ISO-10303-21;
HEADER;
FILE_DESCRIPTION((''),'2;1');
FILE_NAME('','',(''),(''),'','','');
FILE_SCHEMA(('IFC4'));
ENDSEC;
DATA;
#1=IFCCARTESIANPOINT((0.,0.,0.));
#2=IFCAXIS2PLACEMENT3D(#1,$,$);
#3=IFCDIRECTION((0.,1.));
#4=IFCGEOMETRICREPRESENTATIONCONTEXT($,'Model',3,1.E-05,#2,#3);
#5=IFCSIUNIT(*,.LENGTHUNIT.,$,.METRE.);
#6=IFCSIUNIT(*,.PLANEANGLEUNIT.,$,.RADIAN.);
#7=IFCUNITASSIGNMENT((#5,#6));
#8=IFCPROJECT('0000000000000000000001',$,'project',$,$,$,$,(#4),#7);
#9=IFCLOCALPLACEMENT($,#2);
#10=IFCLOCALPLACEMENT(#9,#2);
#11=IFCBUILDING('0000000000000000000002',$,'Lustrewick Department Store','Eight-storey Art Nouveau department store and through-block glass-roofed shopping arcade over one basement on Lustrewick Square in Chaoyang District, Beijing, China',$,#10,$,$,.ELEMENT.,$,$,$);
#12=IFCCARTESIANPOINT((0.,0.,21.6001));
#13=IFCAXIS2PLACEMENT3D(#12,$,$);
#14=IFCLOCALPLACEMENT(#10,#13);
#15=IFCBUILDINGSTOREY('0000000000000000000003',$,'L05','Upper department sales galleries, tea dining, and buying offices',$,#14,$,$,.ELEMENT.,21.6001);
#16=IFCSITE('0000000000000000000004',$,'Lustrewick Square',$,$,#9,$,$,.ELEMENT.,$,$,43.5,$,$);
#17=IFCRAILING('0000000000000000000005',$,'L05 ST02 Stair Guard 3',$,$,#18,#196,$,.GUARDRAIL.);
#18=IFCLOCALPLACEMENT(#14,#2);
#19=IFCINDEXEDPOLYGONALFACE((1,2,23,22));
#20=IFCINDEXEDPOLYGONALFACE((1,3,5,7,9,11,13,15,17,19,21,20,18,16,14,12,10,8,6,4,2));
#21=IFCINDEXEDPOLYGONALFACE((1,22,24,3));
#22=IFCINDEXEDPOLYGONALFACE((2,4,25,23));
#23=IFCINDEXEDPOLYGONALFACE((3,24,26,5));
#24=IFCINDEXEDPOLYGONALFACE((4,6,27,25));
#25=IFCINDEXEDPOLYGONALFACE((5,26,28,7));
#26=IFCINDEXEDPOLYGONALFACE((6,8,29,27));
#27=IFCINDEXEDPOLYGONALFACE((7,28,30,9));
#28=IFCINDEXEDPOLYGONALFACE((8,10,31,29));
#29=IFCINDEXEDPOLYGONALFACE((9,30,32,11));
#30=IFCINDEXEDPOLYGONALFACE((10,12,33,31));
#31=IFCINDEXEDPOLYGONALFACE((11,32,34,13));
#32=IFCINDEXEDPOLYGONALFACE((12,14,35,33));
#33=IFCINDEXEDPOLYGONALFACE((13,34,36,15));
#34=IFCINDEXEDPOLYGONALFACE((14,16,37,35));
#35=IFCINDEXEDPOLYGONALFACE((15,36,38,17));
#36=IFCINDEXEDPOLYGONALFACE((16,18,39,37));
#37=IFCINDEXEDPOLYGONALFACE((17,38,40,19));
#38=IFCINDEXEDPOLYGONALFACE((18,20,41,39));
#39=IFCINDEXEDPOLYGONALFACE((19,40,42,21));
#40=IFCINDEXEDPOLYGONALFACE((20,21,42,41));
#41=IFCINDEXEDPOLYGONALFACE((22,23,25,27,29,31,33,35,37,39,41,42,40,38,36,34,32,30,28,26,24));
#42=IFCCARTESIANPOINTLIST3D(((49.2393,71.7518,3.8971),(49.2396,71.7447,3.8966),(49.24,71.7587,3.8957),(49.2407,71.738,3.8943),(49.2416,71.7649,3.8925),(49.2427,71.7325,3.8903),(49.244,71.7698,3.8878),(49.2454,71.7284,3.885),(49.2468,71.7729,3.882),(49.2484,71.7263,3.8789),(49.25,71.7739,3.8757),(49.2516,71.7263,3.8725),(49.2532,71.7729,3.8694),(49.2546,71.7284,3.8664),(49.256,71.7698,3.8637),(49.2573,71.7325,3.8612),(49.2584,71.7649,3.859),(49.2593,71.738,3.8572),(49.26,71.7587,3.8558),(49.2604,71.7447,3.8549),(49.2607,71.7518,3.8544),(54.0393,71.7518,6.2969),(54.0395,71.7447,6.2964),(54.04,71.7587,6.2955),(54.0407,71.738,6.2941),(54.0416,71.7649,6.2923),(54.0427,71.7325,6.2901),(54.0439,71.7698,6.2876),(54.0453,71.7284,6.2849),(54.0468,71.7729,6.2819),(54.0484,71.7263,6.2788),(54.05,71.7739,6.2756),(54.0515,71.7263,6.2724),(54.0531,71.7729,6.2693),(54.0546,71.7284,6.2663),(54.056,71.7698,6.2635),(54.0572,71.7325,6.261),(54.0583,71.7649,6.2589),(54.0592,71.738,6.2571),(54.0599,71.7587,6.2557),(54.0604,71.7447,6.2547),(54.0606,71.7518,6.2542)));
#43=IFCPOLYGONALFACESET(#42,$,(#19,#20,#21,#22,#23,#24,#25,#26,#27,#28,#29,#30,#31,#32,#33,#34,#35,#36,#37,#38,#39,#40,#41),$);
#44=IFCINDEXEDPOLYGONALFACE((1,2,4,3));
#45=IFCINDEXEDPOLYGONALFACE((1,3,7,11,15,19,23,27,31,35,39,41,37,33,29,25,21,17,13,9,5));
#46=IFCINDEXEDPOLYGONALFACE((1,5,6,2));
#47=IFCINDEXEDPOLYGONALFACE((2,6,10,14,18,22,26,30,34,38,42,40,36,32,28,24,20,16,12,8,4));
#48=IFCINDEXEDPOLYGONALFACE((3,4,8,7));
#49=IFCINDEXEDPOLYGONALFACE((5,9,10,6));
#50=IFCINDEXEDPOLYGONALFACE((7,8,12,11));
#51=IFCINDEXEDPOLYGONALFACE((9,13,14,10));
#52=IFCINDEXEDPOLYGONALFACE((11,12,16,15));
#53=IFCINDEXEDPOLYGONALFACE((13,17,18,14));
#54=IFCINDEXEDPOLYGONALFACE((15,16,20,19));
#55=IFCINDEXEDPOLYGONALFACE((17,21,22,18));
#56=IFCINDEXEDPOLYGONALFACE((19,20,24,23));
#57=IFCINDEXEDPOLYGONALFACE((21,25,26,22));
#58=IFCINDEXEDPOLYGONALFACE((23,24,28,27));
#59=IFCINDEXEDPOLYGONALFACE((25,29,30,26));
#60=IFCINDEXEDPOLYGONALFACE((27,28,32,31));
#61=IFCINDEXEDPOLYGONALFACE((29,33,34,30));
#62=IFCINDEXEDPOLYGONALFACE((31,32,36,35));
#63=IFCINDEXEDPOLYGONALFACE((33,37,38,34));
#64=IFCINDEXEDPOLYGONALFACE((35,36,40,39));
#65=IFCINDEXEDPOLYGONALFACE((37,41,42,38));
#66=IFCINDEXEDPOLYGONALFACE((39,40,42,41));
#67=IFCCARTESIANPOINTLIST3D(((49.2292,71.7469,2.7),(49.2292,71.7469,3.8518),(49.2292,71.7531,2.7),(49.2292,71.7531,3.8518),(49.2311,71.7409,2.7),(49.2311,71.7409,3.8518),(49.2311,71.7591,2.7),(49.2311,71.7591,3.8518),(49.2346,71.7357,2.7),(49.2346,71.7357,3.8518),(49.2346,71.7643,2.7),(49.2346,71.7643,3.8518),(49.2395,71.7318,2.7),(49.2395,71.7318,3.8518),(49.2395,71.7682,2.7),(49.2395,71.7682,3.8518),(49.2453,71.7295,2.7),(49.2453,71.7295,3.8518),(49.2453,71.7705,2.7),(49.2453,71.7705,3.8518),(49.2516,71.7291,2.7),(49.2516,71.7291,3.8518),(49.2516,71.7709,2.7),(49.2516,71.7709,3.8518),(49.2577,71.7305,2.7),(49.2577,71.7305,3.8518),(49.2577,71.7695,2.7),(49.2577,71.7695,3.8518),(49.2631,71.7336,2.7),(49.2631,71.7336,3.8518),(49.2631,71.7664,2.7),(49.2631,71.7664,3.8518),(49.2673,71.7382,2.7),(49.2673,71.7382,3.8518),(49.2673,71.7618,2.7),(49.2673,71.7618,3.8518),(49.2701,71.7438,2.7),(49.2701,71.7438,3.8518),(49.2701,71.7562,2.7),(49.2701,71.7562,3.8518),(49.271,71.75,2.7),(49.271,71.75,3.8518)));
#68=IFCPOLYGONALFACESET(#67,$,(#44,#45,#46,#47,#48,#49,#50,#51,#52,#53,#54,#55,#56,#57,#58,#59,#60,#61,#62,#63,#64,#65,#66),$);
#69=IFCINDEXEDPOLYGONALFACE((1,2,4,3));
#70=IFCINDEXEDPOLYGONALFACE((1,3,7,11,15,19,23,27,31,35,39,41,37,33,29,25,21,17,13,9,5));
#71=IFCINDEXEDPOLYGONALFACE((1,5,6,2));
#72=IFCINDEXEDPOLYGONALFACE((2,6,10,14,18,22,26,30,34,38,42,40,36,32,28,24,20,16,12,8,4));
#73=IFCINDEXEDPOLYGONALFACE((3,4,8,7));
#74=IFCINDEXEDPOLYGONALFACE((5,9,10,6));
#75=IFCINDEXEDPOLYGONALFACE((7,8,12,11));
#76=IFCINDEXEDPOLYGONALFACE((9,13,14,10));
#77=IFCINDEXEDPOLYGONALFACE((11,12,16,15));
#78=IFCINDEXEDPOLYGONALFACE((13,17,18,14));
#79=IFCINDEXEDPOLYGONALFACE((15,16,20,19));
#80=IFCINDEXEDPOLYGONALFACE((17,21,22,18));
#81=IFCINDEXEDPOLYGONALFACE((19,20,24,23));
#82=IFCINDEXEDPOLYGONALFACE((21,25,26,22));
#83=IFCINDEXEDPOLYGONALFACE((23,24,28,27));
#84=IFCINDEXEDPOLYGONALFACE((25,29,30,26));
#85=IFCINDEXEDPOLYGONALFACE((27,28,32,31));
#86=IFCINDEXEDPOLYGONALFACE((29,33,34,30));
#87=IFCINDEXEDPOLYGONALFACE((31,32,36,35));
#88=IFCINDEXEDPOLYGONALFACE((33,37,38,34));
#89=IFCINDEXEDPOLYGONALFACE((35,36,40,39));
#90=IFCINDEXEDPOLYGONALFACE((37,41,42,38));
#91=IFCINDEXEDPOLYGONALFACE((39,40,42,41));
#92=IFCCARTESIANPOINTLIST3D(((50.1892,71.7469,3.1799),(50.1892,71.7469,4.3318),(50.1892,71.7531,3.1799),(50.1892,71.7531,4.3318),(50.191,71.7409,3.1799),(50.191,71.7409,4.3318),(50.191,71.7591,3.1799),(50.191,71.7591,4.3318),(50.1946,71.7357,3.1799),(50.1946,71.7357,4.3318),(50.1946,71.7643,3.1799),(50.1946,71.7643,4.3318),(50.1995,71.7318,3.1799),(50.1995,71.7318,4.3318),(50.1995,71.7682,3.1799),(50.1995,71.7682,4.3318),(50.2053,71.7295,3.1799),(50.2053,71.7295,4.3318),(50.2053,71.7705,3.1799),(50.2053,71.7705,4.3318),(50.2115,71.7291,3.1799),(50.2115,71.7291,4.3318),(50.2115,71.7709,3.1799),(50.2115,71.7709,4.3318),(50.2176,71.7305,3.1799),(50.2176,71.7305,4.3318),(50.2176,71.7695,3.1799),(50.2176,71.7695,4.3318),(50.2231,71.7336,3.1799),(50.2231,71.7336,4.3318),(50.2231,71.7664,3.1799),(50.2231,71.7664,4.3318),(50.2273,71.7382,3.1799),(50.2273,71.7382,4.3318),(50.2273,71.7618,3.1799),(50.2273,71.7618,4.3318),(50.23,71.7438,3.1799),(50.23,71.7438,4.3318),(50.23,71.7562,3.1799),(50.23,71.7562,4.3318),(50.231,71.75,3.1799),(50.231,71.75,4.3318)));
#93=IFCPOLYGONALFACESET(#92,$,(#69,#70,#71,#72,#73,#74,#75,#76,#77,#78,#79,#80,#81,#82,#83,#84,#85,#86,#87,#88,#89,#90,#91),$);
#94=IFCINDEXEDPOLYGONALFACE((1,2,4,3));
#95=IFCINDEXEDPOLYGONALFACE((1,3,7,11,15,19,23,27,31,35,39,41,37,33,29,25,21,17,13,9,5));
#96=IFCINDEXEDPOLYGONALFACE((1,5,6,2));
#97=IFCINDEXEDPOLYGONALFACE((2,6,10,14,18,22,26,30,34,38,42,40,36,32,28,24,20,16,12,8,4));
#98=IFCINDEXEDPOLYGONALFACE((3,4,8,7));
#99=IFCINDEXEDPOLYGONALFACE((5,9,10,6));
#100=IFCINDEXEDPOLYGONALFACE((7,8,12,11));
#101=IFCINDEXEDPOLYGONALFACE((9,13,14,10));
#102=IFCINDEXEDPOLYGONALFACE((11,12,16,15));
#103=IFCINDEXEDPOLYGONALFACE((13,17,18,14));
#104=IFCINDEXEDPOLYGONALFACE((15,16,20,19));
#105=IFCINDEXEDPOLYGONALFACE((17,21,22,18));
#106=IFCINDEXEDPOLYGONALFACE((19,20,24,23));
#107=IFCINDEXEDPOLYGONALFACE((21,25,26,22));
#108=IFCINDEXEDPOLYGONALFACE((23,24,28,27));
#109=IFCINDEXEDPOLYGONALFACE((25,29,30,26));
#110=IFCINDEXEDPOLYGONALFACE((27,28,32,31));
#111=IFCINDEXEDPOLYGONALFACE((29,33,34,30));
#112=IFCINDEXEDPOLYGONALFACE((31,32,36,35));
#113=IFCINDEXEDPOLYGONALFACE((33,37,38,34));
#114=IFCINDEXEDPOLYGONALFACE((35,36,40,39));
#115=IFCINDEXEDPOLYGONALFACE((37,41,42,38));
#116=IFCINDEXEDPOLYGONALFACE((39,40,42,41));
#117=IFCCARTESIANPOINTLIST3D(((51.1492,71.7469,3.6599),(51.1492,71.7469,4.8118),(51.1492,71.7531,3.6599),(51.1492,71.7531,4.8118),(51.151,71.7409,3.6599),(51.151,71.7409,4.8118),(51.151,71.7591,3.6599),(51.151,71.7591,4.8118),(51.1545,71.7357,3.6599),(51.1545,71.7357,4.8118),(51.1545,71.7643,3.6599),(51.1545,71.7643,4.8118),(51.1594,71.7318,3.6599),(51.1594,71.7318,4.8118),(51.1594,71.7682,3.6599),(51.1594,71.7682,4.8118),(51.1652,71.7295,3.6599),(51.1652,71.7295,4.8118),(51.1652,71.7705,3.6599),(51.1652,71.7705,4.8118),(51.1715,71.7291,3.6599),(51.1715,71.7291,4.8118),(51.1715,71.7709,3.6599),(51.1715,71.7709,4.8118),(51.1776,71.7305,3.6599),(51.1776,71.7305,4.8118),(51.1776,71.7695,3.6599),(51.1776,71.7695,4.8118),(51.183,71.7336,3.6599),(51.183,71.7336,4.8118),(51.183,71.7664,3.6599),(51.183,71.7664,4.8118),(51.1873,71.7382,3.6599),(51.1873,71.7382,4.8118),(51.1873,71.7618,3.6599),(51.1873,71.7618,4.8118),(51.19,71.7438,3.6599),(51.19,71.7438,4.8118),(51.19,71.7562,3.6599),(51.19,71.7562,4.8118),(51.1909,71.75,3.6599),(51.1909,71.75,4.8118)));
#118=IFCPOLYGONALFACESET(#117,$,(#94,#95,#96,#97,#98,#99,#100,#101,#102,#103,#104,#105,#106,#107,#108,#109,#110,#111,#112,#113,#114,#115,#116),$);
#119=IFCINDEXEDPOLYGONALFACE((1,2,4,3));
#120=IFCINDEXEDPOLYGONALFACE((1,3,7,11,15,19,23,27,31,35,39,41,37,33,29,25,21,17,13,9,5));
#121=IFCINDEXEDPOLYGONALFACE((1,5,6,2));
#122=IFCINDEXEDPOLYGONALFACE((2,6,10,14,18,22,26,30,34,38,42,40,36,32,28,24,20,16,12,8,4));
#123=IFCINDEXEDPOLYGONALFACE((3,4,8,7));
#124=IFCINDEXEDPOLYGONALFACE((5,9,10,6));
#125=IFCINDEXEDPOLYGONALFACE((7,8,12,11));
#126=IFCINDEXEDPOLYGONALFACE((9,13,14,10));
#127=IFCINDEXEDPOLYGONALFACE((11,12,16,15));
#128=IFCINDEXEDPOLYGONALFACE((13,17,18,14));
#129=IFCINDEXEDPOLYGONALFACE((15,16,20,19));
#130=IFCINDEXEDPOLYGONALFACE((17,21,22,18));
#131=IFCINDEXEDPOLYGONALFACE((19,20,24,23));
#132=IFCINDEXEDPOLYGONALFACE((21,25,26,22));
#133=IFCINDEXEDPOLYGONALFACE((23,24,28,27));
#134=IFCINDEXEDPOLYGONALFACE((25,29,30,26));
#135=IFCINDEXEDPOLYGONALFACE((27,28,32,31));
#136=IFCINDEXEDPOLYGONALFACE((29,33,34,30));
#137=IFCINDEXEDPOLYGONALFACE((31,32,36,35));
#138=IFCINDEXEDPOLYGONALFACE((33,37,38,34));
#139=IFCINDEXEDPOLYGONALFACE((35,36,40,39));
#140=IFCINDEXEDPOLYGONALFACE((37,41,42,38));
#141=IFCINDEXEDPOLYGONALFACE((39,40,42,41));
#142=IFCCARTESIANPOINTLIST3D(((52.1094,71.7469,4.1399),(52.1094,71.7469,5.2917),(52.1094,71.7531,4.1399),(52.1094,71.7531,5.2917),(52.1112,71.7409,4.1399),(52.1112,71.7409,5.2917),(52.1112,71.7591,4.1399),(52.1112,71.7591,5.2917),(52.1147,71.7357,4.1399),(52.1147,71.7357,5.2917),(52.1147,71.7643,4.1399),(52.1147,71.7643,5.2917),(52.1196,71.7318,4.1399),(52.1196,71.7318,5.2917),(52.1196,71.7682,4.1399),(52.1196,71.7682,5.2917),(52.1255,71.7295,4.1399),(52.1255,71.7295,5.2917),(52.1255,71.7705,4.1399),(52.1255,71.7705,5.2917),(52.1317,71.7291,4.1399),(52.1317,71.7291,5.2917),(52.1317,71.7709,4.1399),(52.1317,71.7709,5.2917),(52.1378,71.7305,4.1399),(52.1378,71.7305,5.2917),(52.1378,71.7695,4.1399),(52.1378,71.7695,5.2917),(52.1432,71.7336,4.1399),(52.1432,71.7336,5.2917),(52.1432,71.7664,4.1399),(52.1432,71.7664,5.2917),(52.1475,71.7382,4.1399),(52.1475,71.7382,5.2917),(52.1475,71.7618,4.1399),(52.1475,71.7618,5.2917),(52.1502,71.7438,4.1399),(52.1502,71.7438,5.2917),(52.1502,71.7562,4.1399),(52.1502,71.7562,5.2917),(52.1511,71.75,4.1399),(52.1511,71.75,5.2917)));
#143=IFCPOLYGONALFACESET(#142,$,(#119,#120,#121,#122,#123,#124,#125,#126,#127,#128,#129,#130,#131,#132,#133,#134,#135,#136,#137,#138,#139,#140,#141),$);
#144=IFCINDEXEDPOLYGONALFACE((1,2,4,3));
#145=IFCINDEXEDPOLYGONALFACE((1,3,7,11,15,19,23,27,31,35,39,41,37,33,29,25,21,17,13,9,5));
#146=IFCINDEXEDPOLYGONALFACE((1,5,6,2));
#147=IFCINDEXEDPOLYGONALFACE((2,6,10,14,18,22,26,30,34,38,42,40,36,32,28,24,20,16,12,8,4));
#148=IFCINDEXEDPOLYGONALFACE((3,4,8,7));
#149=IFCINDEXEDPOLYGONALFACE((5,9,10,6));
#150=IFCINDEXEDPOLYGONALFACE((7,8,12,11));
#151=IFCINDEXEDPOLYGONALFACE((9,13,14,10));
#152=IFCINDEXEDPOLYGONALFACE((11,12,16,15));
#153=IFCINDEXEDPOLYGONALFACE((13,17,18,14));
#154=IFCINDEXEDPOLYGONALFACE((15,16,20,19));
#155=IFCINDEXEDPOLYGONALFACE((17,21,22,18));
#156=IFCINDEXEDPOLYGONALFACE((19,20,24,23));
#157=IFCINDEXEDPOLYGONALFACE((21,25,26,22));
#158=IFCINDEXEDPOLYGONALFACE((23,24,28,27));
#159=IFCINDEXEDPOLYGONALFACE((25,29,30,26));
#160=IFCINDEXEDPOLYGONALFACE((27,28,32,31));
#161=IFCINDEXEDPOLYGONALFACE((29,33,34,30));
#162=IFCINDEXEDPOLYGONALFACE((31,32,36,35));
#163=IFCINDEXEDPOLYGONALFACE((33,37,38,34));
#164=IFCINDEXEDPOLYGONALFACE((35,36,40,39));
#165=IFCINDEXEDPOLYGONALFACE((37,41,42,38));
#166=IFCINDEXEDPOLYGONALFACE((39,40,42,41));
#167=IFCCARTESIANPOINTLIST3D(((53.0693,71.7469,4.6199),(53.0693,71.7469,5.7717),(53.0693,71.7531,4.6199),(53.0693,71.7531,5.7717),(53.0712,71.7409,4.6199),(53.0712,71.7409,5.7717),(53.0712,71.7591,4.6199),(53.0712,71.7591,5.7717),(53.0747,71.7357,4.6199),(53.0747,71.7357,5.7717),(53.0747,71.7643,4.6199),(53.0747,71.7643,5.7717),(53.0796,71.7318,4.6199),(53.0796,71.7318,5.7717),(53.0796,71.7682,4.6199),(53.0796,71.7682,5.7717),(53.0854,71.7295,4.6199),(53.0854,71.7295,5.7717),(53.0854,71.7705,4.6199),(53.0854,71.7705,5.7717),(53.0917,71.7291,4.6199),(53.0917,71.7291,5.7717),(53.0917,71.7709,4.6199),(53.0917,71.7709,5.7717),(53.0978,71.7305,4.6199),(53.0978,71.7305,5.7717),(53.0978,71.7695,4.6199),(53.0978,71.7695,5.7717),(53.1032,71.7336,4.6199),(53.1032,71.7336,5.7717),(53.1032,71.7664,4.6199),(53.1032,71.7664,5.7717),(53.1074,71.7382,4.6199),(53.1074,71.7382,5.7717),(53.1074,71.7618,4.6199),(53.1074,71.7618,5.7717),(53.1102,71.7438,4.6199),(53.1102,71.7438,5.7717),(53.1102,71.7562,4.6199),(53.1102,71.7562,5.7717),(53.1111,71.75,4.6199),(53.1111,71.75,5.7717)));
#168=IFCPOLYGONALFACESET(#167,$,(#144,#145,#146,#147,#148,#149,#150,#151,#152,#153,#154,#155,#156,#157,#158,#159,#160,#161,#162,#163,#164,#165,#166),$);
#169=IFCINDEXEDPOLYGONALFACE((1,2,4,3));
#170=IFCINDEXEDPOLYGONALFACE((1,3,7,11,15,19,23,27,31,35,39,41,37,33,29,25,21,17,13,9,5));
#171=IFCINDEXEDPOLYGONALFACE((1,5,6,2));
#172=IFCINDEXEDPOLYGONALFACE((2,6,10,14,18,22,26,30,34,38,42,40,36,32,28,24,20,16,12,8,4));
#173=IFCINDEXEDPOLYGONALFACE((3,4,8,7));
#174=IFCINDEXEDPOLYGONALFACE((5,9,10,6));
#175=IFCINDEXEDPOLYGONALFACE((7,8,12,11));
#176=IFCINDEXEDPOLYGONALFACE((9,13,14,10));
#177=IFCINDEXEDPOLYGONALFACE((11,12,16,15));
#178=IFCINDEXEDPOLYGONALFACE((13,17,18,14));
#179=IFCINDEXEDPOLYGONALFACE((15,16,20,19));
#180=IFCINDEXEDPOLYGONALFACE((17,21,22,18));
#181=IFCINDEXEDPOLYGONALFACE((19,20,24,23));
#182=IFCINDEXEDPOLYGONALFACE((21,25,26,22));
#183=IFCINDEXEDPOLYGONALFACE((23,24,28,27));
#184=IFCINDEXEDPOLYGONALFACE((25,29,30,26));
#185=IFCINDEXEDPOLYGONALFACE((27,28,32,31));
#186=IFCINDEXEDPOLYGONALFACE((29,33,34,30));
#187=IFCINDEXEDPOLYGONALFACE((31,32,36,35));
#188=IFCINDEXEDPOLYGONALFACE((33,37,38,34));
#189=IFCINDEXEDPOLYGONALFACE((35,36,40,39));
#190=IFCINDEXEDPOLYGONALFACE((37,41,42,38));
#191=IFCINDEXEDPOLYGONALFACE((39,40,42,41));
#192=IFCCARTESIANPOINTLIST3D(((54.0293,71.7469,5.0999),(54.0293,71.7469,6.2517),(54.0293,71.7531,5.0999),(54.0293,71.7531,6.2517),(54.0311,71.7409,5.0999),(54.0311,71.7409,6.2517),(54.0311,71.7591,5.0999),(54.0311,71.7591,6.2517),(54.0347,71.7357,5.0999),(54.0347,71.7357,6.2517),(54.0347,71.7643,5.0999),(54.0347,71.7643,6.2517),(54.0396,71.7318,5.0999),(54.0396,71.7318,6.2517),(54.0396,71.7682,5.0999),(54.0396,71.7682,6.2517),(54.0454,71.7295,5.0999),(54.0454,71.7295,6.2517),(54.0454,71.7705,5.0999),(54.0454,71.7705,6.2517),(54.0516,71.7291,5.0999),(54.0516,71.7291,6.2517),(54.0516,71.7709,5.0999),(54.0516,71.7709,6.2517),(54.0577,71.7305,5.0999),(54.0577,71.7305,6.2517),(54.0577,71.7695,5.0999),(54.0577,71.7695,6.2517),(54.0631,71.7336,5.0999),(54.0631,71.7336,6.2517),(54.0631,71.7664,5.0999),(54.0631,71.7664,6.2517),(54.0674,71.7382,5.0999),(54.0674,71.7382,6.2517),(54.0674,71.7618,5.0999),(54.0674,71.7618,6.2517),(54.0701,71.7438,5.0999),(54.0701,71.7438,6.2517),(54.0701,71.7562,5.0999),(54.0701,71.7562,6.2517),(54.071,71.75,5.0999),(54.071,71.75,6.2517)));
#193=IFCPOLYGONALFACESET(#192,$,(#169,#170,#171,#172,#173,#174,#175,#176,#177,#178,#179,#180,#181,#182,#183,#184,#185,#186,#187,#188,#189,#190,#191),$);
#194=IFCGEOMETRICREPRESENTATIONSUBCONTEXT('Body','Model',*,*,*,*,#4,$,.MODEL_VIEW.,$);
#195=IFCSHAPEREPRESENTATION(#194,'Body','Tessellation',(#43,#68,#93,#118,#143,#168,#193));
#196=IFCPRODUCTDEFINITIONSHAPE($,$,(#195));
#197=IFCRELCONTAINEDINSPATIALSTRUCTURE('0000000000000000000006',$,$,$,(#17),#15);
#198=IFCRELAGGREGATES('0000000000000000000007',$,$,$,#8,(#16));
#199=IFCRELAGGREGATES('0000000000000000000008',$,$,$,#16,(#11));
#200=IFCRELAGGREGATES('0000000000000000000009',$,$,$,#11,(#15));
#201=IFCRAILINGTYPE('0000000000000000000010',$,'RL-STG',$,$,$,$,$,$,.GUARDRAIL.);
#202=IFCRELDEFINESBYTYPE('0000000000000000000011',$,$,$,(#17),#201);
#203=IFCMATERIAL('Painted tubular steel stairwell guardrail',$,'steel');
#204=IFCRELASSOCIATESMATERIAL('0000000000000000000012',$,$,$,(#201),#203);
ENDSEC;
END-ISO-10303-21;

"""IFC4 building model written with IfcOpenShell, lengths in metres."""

from ifc_helpers import new_model, si_unit, direction, frame, origin, origin_2d, place, context, subcontext, project, spatial, circle, extrude, material, type_object, element, save


model = new_model("IFC4")

# Units and contexts
model_context = context("Model", 3, precision=1e-05, world=origin(), true_north=direction((0.0, 1.0)))
body_context = subcontext(model_context, "Body", "Model", "MODEL_VIEW")
ifc_project = project(units=[si_unit("LENGTHUNIT", "METRE"), si_unit("PLANEANGLEUNIT", "RADIAN")], contexts=[model_context])

# Site, building, storey
site_placement = place(None, origin())
site = spatial("IfcSite", under=ifc_project, at=site_placement, Name="Lustrewick Square", CompositionType="ELEMENT", RefElevation=43.5)
building_placement = place(site_placement, origin())
building = spatial("IfcBuilding", under=site, at=building_placement, Name="Lustrewick Department Store", Description="Eight-storey Art Nouveau department store and through-block glass-roofed shopping arcade over one basement on Lustrewick Square in Chaoyang District, Beijing, China", CompositionType="ELEMENT")
storey_placement = place(building_placement, frame((0.0, 0.0, 21.6001)))
storey = spatial("IfcBuildingStorey", under=building, at=storey_placement, Name="L05", Description="Upper department sales galleries, tea dining, and buying offices", CompositionType="ELEMENT", Elevation=21.6001)

# Railing
ifc_material_1 = material(Name="Painted tubular steel stairwell guardrail", Category="steel")
railing_type = type_object("IfcRailingType", Name="RL-STG", PredefinedType="GUARDRAIL", material=ifc_material_1)
railing_1_placement = place(storey_placement, frame((49.25, 71.75, 2.7)))
element("IfcRailing", 1, at=railing_1_placement, inside=storey, type_object=railing_type, Name="L05 ST02 Stair Guard 3", PredefinedType="GUARDRAIL", context=body_context, shape_type="SweptSolid", body=[
    extrude(circle(Radius=0.0239, at=origin_2d()), frame((0.0, 0.0, 1.1758), z_axis=(0.894436, 0.0, 0.447195), x_axis=(0.0, 1.0, 0.0)), (0.0, 0.0, 1.0), 5.3665),
    extrude(circle(Radius=0.021, at=origin_2d()), origin(), (0.0, 0.0, 1.0), 1.1519),
    extrude(circle(Radius=0.021, at=origin_2d()), frame((0.96, 0.0, 0.48)), (0.0, 0.0, 1.0), 1.1519),
    extrude(circle(Radius=0.021, at=origin_2d()), frame((1.9199, 0.0, 0.96)), (0.0, 0.0, 1.0), 1.1519),
    extrude(circle(Radius=0.021, at=origin_2d()), frame((2.8801, 0.0, 1.4399)), (0.0, 0.0, 1.0), 1.1519),
    extrude(circle(Radius=0.021, at=origin_2d()), frame((3.8401, 0.0, 1.9199)), (0.0, 0.0, 1.0), 1.1519),
    extrude(circle(Radius=0.021, at=origin_2d()), frame((4.8, 0.0, 2.3999)), (0.0, 0.0, 1.0), 1.1519),
])

save(model, "model.ifc")
